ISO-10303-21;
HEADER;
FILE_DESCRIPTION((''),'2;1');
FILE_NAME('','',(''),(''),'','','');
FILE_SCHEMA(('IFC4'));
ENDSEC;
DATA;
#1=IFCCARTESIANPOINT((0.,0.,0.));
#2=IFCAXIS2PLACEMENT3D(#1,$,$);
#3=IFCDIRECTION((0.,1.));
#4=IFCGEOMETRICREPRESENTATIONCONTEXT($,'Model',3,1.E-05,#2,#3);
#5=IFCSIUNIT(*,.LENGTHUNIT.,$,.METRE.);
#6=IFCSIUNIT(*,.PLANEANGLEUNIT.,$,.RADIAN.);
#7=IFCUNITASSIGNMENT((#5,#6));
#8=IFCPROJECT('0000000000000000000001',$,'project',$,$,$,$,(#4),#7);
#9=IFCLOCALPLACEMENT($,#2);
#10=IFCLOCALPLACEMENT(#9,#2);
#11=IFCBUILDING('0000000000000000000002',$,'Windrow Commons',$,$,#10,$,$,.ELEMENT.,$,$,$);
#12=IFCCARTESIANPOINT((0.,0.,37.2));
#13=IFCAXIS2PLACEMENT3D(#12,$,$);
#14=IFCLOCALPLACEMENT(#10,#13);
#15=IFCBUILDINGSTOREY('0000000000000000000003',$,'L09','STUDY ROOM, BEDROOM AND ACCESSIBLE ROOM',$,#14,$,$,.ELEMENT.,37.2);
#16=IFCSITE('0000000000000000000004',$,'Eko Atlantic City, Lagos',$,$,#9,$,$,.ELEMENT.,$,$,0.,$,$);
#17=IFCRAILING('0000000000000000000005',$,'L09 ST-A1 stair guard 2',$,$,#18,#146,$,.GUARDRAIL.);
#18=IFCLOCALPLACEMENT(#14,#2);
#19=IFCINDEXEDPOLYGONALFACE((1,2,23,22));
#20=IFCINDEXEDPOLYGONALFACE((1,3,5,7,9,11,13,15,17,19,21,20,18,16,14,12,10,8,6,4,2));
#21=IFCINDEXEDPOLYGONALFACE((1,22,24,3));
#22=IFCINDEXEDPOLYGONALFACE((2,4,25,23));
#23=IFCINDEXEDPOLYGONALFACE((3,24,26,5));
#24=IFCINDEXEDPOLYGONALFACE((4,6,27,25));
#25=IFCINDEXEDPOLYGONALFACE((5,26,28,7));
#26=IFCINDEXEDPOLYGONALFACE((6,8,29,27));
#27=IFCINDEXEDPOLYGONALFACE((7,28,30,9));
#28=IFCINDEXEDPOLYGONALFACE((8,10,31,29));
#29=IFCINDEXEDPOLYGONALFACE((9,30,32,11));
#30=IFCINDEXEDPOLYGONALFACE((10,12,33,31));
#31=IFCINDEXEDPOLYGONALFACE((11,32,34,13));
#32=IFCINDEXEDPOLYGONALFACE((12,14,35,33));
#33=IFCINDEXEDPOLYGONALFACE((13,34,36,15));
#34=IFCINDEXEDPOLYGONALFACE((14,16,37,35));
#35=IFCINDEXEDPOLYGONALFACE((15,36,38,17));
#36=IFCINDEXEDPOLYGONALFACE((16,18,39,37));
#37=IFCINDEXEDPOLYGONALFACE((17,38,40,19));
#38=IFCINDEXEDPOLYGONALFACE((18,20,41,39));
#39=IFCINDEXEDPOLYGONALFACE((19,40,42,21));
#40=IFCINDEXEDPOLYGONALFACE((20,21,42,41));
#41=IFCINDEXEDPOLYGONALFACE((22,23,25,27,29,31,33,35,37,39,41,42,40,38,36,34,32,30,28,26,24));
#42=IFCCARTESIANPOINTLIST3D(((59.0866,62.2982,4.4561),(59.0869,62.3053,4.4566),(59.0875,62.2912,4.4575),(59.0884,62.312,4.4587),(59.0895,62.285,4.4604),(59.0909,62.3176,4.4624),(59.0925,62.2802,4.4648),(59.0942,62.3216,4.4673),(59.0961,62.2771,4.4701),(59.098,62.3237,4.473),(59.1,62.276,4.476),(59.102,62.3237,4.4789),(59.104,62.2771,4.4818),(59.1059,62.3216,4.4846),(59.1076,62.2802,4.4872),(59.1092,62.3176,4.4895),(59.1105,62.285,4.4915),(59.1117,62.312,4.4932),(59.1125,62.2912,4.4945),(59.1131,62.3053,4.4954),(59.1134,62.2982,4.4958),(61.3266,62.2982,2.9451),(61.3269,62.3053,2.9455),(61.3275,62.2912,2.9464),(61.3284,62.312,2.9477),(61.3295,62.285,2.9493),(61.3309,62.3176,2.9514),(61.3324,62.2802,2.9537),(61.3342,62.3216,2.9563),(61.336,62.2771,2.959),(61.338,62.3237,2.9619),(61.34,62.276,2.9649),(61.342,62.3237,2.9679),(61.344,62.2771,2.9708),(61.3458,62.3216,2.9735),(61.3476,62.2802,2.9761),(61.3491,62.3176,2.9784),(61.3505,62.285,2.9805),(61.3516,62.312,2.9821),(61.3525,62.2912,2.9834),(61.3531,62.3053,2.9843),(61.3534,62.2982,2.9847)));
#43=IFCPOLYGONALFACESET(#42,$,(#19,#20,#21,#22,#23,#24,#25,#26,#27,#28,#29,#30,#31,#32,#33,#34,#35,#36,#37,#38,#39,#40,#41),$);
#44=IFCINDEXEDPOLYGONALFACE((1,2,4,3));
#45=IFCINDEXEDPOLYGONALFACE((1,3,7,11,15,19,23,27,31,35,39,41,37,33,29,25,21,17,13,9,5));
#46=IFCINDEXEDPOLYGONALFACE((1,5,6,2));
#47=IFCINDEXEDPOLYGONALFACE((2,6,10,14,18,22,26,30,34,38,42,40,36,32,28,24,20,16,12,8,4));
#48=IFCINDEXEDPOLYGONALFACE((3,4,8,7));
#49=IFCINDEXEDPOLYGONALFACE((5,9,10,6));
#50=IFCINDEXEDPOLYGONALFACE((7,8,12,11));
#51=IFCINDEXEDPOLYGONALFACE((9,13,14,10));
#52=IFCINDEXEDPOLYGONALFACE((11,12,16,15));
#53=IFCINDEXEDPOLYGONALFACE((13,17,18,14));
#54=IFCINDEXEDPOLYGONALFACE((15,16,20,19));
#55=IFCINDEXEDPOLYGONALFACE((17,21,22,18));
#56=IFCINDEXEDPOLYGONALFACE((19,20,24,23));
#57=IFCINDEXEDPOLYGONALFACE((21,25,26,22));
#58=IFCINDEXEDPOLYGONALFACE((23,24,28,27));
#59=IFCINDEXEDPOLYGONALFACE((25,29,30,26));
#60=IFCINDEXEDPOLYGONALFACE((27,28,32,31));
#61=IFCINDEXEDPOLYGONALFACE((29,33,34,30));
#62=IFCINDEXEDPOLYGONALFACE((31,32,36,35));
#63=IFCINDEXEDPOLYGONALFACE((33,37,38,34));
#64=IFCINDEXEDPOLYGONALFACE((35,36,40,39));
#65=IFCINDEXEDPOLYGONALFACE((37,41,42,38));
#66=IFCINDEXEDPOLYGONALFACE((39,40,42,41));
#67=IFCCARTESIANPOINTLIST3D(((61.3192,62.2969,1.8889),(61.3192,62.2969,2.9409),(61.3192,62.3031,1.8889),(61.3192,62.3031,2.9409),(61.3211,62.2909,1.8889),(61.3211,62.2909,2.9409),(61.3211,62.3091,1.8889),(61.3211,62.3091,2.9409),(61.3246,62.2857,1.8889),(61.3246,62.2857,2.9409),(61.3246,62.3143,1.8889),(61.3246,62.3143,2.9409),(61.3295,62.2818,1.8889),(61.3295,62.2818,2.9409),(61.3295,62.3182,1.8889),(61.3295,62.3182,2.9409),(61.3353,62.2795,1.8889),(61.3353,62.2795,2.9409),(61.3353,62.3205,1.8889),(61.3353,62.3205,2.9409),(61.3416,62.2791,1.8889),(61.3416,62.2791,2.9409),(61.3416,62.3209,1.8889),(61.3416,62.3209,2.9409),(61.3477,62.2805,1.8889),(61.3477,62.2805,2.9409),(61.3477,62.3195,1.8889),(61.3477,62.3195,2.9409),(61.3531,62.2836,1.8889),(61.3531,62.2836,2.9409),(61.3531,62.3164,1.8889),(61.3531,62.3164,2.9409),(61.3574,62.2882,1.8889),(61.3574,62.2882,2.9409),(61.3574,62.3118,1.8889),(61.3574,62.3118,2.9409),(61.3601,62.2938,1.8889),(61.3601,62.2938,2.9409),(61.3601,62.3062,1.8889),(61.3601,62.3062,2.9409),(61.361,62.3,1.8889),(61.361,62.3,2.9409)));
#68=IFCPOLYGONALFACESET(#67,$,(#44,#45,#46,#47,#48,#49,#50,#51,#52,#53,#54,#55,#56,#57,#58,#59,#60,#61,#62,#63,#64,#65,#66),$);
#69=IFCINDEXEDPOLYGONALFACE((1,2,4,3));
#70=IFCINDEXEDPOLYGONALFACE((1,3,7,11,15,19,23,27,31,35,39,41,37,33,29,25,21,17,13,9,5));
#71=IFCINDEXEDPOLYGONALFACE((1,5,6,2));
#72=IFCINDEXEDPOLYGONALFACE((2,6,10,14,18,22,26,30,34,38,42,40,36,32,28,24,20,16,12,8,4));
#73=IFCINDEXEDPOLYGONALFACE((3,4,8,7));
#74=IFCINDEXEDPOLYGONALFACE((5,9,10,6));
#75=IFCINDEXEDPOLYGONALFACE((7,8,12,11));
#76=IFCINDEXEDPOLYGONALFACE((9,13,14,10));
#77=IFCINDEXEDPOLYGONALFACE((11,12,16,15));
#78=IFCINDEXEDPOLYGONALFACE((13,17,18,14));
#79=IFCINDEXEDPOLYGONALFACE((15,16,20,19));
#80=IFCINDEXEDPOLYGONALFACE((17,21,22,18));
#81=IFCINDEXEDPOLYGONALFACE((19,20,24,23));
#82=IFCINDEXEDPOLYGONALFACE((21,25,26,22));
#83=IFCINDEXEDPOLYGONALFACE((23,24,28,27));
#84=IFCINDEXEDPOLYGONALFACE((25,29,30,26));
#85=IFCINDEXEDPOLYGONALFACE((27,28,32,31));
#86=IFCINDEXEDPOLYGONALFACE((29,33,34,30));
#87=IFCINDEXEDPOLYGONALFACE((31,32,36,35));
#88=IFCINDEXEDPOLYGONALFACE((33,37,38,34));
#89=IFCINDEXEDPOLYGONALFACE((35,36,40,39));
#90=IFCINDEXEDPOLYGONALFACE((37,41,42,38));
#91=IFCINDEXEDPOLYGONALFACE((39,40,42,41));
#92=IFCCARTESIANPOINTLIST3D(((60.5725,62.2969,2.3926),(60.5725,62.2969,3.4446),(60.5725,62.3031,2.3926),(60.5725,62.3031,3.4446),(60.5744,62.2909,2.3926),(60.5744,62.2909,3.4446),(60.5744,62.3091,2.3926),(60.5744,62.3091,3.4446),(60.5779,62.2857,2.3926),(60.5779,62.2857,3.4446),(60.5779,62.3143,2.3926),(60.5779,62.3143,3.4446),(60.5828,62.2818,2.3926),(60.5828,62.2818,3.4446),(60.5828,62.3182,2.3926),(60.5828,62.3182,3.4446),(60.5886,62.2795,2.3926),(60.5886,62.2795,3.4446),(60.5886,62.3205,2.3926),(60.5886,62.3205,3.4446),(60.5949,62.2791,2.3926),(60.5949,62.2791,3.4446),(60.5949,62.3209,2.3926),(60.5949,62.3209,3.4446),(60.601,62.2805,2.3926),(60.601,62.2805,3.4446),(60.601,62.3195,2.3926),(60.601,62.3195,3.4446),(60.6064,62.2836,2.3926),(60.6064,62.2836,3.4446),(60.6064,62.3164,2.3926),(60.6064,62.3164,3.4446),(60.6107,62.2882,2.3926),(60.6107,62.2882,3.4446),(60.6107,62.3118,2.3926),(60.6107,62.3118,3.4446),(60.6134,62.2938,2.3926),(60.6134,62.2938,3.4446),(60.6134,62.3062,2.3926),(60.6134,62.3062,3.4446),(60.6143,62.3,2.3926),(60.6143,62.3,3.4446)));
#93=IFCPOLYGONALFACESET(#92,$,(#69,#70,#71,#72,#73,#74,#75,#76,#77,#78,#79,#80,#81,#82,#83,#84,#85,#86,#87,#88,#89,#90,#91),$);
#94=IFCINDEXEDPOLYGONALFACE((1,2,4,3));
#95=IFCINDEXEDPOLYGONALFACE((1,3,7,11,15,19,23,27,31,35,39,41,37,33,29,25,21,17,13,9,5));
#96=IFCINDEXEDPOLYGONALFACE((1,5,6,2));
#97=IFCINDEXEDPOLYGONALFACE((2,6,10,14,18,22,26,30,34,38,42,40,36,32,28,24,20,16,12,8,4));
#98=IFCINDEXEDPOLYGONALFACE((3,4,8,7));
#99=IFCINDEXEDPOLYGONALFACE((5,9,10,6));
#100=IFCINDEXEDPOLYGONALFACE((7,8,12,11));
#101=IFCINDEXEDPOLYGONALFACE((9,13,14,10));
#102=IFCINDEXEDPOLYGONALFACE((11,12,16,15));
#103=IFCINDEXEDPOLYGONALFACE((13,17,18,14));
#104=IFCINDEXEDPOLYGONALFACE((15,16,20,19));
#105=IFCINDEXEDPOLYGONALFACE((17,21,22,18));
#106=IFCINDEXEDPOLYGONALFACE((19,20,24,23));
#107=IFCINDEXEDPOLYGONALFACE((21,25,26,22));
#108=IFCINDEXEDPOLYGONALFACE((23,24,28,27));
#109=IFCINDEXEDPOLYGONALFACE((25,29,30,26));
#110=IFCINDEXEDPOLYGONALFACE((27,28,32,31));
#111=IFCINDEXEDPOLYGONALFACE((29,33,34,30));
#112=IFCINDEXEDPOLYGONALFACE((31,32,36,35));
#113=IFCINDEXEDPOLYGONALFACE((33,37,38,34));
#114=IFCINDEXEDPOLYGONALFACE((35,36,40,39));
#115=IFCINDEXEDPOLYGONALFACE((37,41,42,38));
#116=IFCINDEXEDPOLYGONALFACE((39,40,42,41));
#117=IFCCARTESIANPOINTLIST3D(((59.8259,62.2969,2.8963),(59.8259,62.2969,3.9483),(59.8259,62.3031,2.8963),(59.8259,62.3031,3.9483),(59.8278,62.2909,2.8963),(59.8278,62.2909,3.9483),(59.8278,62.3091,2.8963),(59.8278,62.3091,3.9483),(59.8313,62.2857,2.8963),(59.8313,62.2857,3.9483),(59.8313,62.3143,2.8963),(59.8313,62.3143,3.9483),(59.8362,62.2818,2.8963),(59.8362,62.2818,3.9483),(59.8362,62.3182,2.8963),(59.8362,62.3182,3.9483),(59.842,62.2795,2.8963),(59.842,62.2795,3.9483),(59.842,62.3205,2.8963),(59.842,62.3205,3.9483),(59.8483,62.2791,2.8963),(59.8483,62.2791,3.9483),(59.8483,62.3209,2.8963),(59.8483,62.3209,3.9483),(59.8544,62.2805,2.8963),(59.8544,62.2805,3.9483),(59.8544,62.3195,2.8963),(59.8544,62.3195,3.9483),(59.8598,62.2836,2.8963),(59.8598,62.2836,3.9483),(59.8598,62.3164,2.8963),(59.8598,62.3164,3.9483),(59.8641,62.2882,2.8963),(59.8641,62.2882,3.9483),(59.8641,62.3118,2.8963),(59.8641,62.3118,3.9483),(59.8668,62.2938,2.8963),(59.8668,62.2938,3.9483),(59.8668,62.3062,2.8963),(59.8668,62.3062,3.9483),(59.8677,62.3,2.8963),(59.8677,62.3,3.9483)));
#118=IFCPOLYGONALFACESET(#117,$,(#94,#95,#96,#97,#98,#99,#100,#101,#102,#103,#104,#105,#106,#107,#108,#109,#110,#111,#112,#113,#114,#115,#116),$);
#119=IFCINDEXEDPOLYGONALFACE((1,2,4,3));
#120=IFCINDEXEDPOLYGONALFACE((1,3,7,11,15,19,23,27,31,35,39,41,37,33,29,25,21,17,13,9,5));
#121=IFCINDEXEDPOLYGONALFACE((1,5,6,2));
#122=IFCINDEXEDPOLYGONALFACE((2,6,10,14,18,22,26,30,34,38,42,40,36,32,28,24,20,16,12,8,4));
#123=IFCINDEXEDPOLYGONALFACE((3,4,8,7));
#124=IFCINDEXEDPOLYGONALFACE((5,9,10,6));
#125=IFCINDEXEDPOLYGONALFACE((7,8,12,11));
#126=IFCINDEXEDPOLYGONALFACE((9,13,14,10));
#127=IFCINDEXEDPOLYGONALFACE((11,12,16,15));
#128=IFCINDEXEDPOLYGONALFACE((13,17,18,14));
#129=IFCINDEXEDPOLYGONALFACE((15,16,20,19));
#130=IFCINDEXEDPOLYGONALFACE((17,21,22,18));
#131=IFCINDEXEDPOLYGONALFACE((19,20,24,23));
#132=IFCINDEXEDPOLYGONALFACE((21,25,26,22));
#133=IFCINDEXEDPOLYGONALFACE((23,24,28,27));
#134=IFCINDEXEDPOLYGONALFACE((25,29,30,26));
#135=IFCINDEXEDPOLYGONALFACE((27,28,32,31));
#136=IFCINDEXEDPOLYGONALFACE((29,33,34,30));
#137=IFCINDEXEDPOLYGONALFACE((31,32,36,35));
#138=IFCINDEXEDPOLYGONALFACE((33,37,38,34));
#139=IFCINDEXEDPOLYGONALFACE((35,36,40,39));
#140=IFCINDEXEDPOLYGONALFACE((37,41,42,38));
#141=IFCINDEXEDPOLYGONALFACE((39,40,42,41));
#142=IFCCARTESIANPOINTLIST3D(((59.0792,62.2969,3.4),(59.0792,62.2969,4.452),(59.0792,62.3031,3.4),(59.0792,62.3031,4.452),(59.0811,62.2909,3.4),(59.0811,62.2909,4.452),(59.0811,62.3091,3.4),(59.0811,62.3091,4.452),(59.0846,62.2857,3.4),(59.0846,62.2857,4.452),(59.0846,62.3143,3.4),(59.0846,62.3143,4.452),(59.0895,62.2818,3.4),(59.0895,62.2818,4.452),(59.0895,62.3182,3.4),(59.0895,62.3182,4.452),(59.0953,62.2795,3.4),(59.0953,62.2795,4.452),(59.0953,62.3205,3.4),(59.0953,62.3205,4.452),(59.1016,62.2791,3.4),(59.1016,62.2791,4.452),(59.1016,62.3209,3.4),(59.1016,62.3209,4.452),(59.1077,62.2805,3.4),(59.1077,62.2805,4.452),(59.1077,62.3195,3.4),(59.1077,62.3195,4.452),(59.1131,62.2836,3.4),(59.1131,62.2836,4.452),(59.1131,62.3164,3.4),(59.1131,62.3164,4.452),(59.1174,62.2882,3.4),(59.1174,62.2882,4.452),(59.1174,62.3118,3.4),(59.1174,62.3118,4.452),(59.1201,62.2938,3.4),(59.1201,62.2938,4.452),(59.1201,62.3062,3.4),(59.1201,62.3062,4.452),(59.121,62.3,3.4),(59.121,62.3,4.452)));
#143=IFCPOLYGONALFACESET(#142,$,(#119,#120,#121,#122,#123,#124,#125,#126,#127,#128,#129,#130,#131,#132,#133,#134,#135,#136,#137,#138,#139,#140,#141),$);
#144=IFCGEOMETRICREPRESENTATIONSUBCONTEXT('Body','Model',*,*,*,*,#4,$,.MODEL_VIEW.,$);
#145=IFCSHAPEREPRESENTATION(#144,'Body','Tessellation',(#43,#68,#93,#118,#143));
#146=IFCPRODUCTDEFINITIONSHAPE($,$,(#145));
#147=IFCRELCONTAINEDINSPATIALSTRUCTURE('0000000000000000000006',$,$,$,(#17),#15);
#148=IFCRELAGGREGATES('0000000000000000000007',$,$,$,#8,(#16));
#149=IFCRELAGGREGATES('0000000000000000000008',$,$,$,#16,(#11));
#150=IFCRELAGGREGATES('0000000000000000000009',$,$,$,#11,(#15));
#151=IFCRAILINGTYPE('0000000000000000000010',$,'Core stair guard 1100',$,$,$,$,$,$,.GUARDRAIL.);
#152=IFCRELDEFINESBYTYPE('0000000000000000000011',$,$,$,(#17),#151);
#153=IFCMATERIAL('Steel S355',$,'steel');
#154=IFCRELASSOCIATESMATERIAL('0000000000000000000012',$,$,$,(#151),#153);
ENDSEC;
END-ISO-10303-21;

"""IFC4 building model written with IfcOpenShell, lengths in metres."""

from ifc_helpers import new_model, si_unit, direction, frame, origin, origin_2d, place, context, subcontext, project, spatial, circle, extrude, material, type_object, element, save


model = new_model("IFC4")

# Units and contexts
model_context = context("Model", 3, precision=1e-05, world=origin(), true_north=direction((0.0, 1.0)))
body_context = subcontext(model_context, "Body", "Model", "MODEL_VIEW")
ifc_project = project(units=[si_unit("LENGTHUNIT", "METRE"), si_unit("PLANEANGLEUNIT", "RADIAN")], contexts=[model_context])

# Site, building, storey
site_placement = place(None, origin())
site = spatial("IfcSite", under=ifc_project, at=site_placement, Name="Eko Atlantic City, Lagos", CompositionType="ELEMENT", RefElevation=0.0)
building_placement = place(site_placement, origin())
building = spatial("IfcBuilding", under=site, at=building_placement, Name="Windrow Commons", CompositionType="ELEMENT")
storey_placement = place(building_placement, frame((0.0, 0.0, 37.2)))
storey = spatial("IfcBuildingStorey", under=building, at=storey_placement, Name="L09", Description="STUDY ROOM, BEDROOM AND ACCESSIBLE ROOM", CompositionType="ELEMENT", Elevation=37.2)

# Railing
ifc_material_1 = material(Name="Steel S355", Category="steel")
railing_type_1 = type_object("IfcRailingType", Name="Core stair guard 1100", PredefinedType="GUARDRAIL", material=ifc_material_1)
railing_1_placement = place(storey_placement, frame((61.34, 62.3, 1.8889)))
element("IfcRailing", 1, at=railing_1_placement, inside=storey, type_object=railing_type_1, Name="L09 ST-A1 stair guard 2", PredefinedType="GUARDRAIL", context=body_context, shape_type="SweptSolid", body=[
    extrude(circle(Radius=0.024, at=origin_2d()), frame((0.0, 0.0, 1.076), z_axis=(-0.829003, 0.0, 0.559244), x_axis=(0.0, -1.0, 0.0)), (0.0, 0.0, 1.0), 2.702),
    extrude(circle(Radius=0.021, at=origin_2d()), origin(), (0.0, 0.0, 1.0), 1.052),
    extrude(circle(Radius=0.021, at=origin_2d()), frame((-0.7467, 0.0, 0.5037)), (0.0, 0.0, 1.0), 1.052),
    extrude(circle(Radius=0.021, at=origin_2d()), frame((-1.4933, 0.0, 1.0074)), (0.0, 0.0, 1.0), 1.052),
    extrude(circle(Radius=0.021, at=origin_2d()), frame((-2.24, 0.0, 1.5111)), (0.0, 0.0, 1.0), 1.052),
])

save(model, "model.ifc")
